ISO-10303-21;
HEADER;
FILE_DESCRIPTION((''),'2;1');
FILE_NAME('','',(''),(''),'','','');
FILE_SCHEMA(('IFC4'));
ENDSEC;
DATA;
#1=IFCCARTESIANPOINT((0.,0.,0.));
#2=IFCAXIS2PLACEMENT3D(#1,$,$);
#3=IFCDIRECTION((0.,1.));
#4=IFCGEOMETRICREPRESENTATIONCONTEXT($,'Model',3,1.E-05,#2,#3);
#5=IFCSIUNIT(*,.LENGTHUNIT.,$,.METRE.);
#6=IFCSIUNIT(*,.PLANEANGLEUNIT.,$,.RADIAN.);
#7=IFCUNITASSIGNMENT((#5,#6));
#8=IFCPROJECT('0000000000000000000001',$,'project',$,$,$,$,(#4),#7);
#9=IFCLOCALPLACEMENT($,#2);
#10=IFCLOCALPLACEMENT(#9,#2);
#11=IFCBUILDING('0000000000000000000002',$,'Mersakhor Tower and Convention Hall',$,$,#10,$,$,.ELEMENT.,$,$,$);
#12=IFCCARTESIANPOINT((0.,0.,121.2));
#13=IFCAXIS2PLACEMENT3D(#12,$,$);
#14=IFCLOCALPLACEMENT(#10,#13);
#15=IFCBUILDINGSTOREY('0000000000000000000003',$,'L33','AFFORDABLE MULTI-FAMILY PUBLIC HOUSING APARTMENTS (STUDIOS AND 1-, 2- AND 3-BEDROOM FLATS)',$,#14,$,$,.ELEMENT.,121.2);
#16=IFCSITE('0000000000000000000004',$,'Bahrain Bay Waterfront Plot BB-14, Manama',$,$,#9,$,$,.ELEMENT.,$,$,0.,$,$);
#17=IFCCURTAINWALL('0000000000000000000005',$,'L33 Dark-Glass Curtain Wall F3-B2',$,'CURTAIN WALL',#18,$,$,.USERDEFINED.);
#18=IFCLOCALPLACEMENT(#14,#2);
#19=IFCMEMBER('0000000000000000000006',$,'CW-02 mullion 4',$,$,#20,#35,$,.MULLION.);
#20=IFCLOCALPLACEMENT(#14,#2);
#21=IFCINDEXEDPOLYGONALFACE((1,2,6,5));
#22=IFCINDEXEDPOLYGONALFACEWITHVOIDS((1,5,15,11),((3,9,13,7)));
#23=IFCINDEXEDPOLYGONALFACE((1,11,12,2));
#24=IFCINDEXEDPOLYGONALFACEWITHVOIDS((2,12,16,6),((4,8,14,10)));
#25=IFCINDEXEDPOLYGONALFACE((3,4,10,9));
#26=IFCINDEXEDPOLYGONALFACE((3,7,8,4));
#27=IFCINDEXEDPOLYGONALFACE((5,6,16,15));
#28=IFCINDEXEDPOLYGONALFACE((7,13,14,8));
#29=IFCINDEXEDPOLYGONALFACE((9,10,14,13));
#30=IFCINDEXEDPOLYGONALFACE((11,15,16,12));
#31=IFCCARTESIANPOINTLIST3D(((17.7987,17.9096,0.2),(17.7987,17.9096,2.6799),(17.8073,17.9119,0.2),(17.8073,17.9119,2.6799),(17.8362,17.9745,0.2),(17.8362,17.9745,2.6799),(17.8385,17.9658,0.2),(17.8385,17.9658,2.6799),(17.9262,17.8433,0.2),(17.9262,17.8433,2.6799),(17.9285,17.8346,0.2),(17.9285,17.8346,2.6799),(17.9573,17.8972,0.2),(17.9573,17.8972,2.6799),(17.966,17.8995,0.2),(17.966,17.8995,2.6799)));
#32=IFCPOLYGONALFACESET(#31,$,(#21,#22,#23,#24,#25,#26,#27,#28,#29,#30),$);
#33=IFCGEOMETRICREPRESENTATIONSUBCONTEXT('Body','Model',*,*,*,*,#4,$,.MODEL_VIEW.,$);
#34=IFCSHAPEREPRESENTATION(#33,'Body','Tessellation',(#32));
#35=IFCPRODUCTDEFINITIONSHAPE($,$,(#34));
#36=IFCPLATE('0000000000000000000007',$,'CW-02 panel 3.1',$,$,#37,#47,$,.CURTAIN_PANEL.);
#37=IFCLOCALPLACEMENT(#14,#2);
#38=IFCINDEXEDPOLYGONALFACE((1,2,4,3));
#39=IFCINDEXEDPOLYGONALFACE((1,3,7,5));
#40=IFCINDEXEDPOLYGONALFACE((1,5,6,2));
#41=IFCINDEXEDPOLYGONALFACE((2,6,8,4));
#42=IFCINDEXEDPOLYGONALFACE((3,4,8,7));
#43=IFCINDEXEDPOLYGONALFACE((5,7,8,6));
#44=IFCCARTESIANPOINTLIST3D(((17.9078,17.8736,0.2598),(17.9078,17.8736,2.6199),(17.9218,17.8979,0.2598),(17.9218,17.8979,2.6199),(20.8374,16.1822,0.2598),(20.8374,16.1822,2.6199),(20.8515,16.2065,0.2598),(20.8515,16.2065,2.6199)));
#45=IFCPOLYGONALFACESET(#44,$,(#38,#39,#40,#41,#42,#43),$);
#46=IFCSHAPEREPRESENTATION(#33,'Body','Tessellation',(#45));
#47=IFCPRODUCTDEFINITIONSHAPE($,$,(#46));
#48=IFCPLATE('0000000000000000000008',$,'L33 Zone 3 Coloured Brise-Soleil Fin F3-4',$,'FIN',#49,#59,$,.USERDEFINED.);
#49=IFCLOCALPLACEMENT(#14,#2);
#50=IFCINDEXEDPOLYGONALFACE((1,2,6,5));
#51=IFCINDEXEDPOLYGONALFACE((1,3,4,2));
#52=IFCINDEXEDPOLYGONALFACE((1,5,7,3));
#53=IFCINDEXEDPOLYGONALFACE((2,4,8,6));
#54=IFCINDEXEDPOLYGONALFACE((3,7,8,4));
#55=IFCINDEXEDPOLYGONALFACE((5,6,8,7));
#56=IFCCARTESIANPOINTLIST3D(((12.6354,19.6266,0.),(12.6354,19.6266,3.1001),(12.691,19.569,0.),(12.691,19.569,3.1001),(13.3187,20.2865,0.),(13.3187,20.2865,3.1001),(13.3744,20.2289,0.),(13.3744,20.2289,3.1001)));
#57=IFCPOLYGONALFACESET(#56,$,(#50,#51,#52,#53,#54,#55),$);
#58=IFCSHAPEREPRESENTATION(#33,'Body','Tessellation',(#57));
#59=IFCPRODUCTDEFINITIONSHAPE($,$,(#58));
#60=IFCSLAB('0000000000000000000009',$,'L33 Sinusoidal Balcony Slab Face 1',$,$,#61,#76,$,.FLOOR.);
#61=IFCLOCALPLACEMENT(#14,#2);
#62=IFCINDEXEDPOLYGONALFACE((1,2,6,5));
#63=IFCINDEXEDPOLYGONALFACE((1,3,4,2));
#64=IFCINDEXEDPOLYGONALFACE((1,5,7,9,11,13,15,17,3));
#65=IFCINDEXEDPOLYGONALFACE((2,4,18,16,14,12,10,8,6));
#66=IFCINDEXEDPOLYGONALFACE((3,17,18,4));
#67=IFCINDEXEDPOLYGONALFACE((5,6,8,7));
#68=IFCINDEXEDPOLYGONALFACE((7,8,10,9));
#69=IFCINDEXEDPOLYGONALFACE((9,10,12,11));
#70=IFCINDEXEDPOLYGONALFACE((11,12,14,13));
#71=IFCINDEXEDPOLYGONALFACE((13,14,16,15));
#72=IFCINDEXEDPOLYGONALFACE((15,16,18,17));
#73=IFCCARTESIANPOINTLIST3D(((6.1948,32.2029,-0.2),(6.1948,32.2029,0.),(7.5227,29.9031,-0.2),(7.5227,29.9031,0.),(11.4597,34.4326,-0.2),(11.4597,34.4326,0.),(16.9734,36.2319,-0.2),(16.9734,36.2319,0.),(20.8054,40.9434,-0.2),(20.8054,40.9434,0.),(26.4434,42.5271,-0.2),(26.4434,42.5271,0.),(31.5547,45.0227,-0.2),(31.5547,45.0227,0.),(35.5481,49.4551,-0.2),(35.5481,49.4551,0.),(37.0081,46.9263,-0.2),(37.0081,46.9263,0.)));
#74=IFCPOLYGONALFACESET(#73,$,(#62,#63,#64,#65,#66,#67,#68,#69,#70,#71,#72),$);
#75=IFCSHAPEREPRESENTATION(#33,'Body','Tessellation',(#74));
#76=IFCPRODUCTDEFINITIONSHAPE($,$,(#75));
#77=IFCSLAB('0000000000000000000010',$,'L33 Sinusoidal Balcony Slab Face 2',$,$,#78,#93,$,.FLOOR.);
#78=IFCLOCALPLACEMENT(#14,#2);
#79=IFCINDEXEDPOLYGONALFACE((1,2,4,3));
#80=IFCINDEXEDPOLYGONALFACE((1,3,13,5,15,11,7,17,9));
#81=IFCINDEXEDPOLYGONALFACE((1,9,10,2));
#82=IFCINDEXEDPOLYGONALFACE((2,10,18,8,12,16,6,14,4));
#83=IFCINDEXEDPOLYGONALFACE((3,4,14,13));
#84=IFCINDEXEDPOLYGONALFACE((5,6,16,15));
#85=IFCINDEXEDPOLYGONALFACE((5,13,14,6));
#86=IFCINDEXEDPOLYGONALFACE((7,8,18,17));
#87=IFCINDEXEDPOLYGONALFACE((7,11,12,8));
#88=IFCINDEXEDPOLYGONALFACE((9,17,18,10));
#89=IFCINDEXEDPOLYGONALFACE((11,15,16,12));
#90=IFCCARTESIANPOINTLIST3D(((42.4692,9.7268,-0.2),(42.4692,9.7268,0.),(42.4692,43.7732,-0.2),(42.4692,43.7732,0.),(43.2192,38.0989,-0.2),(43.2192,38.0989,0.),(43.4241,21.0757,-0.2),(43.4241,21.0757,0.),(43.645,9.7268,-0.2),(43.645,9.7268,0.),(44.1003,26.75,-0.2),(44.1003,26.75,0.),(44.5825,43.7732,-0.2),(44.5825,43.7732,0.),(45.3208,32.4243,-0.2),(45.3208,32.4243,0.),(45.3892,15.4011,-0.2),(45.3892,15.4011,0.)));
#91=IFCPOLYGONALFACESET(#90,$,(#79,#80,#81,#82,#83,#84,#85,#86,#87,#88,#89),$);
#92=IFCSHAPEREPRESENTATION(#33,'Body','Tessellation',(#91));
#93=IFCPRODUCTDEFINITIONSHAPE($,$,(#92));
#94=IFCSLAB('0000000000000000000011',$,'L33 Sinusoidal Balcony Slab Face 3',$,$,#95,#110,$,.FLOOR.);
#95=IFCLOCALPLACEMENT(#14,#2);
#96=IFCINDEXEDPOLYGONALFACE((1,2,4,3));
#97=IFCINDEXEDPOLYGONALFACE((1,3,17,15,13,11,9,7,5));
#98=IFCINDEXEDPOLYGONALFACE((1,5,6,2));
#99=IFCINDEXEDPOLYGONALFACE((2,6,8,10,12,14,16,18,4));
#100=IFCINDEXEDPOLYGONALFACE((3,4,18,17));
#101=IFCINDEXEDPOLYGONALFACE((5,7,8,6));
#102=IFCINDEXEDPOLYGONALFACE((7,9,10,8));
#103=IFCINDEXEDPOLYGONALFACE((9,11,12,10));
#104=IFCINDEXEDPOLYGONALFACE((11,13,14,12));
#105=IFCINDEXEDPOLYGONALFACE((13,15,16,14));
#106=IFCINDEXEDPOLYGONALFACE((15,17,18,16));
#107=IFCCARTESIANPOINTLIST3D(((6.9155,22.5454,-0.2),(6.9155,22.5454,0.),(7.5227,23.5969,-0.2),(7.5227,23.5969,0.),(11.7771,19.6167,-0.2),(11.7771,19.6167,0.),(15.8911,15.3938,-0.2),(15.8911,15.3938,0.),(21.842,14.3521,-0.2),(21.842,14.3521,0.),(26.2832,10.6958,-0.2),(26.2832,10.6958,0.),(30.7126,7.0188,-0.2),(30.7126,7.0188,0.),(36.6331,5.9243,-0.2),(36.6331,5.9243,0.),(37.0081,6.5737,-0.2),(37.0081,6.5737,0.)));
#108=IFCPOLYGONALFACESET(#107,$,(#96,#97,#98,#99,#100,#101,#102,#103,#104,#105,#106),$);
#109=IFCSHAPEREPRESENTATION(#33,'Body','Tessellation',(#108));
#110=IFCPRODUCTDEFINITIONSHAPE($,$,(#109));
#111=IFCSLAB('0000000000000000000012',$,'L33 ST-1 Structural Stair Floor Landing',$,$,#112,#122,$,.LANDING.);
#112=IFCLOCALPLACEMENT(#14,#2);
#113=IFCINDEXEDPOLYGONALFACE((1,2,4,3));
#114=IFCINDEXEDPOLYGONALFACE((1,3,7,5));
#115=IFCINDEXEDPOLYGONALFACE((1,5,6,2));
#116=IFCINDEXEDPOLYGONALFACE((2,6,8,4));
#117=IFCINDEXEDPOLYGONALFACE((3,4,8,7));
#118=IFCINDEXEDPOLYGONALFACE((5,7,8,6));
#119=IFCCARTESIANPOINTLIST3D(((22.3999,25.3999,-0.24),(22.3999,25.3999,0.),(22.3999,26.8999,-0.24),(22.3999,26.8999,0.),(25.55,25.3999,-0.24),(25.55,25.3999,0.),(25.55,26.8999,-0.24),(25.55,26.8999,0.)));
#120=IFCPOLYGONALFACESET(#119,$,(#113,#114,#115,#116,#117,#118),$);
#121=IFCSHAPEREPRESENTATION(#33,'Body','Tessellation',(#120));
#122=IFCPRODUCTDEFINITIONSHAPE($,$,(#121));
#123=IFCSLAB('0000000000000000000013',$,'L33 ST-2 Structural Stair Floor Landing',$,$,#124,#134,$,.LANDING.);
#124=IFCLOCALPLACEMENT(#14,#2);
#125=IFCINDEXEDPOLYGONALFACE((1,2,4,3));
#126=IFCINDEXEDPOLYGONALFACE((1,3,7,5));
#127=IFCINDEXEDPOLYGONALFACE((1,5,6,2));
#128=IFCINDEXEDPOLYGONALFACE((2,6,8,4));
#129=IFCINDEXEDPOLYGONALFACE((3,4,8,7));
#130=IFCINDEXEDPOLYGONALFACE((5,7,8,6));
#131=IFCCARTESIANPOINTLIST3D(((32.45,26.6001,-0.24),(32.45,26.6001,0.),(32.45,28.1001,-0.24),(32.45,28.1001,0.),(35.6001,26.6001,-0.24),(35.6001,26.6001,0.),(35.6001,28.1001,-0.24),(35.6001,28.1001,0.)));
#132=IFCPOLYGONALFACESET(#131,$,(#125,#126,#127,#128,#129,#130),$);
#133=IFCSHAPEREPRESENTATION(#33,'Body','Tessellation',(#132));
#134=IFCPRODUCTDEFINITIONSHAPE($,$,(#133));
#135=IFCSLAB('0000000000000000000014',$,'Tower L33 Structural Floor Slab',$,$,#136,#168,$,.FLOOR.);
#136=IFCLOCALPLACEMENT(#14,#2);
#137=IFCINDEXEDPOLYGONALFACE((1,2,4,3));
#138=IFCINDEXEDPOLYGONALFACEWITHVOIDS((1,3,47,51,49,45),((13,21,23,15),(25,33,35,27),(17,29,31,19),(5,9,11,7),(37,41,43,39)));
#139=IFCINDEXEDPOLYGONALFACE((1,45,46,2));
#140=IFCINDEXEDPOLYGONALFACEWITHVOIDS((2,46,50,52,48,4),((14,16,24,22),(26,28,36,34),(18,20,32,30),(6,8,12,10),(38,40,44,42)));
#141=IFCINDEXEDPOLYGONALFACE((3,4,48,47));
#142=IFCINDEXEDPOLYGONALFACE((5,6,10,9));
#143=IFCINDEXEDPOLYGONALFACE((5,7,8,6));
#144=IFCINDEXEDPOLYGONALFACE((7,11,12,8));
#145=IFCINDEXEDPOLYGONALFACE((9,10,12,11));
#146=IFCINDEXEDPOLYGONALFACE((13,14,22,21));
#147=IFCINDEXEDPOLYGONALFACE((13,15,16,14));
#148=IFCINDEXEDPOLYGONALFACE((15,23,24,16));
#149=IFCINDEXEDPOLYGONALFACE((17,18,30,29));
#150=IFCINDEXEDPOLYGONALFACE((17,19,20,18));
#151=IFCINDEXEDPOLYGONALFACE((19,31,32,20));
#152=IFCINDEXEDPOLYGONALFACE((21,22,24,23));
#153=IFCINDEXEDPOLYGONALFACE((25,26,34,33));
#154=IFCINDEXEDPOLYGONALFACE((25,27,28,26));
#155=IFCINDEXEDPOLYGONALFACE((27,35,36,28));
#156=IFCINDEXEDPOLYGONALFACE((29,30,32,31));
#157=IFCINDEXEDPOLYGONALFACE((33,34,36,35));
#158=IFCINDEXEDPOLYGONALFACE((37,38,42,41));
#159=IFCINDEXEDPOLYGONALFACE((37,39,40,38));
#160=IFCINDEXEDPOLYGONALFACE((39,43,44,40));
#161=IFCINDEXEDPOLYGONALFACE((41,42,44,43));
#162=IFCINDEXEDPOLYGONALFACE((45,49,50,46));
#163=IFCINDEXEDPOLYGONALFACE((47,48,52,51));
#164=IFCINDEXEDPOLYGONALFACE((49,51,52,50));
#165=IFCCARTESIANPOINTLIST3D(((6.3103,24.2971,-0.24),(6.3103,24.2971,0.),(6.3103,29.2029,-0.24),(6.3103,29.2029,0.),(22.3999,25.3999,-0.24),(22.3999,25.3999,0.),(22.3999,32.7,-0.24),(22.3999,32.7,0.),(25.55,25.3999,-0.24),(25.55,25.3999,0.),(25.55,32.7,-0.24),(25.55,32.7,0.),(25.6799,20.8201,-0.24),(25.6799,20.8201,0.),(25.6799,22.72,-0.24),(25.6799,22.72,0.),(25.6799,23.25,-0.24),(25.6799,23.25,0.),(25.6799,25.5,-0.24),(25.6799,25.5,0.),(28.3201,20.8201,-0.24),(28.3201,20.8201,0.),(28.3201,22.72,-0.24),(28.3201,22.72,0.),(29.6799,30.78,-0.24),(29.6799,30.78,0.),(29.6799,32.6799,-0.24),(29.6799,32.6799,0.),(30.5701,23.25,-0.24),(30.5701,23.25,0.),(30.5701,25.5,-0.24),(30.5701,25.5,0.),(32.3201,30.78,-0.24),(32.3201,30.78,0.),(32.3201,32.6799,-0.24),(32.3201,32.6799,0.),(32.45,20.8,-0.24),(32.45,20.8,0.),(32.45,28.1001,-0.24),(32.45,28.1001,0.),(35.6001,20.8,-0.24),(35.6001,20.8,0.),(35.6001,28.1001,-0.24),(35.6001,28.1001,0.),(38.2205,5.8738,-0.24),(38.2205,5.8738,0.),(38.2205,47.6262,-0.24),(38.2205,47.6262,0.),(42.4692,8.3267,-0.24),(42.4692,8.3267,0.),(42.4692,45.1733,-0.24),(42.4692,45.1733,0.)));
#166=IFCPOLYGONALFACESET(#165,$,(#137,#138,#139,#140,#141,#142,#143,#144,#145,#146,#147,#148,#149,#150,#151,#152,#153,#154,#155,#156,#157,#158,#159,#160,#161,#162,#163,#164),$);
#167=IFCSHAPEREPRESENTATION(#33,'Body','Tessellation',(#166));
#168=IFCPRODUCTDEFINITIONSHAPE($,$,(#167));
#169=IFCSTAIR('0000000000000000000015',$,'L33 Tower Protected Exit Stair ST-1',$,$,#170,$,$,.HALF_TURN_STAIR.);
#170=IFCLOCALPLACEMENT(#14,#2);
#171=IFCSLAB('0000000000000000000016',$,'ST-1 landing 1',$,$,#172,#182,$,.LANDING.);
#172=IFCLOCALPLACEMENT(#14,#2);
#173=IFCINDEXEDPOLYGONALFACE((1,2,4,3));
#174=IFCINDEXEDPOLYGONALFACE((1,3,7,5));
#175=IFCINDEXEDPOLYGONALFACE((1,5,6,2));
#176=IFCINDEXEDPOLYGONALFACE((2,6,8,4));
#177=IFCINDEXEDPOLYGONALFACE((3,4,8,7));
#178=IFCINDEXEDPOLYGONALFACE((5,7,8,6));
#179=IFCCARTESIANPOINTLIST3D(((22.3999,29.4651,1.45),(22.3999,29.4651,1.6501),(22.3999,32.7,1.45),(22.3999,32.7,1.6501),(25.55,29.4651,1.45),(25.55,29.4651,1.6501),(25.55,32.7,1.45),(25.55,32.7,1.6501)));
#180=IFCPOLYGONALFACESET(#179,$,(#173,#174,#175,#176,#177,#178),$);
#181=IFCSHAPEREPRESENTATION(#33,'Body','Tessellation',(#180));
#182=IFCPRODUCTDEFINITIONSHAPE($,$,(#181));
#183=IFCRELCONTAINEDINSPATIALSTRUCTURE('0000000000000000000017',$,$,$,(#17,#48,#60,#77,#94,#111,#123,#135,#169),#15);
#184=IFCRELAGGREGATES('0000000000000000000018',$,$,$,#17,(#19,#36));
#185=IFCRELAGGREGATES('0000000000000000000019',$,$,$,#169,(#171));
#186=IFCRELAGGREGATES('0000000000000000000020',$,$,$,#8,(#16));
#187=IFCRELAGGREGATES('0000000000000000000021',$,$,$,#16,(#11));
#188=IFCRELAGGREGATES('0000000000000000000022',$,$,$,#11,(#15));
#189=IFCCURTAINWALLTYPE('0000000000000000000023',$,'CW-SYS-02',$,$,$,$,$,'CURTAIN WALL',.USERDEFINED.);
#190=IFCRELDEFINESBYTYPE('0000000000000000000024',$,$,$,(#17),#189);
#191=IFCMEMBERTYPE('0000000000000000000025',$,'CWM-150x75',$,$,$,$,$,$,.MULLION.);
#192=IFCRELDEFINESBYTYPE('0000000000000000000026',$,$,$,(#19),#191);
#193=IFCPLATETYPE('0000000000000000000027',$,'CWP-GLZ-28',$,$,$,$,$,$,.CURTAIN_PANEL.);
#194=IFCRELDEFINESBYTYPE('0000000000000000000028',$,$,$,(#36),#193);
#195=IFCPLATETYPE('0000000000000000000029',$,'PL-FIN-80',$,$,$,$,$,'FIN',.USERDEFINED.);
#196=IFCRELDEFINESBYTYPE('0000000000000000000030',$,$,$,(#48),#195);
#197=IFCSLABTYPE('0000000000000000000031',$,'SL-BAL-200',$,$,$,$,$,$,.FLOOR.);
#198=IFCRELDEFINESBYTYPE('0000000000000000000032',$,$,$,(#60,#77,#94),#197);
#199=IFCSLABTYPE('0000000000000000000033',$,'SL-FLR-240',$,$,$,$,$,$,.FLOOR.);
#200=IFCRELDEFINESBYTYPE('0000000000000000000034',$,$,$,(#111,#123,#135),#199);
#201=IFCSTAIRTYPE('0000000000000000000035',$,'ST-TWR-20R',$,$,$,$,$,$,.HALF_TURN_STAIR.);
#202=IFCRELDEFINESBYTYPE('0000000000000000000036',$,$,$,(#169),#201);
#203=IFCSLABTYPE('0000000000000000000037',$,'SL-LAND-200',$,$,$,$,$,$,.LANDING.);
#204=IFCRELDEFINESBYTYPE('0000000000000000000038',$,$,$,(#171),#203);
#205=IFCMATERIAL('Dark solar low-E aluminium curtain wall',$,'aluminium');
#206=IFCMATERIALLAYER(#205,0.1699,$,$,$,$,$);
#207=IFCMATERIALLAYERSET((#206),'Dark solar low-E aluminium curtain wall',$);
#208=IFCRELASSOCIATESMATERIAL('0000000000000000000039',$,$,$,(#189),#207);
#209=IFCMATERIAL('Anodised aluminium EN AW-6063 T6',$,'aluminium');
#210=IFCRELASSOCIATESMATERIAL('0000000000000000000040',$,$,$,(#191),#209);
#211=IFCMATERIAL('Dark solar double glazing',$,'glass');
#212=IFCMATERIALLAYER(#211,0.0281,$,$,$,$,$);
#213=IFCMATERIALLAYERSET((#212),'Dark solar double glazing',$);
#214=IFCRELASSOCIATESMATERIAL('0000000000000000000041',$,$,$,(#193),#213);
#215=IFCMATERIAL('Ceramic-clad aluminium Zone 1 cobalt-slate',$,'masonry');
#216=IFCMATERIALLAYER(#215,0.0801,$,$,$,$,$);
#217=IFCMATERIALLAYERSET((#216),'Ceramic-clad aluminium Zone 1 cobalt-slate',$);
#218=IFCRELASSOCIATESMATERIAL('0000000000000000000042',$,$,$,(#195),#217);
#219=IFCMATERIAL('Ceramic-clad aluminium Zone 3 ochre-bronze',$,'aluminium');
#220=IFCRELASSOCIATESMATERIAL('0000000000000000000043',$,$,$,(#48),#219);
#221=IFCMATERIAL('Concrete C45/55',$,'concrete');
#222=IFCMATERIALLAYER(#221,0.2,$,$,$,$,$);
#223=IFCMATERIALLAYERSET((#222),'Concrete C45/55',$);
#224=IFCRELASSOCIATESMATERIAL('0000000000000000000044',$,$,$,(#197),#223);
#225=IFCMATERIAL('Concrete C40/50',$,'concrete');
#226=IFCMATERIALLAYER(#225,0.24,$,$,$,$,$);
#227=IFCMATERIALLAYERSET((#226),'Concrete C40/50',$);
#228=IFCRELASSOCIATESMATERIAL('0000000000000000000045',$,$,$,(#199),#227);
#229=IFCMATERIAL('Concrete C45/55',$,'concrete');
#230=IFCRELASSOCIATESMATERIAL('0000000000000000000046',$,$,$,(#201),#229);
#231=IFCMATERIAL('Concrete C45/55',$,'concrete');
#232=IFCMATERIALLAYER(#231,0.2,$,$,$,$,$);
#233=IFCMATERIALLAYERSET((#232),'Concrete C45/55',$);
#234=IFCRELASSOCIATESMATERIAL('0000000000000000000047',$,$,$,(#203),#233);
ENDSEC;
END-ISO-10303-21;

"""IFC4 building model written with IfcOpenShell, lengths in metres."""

from ifc_helpers import new_model, si_unit, direction, frame, origin, origin_2d, place, context, subcontext, project, spatial, polyline, rectangle, hollow_rectangle, outline, extrude, material, layer, layer_set, material_profile, profile_set, type_object, element, aggregate, save


model = new_model("IFC4")

# Units and contexts
model_context = context("Model", 3, precision=1e-05, world=origin(), true_north=direction((0.0, 1.0)))
body_context = subcontext(model_context, "Body", "Model", "MODEL_VIEW")
ifc_project = project(units=[si_unit("LENGTHUNIT", "METRE"), si_unit("PLANEANGLEUNIT", "RADIAN")], contexts=[model_context])

# Site, building, storey
site_placement = place(None, origin())
site = spatial("IfcSite", under=ifc_project, at=site_placement, Name="Bahrain Bay Waterfront Plot BB-14, Manama", CompositionType="ELEMENT", RefElevation=0.0)
building_placement = place(site_placement, origin())
building = spatial("IfcBuilding", under=site, at=building_placement, Name="Mersakhor Tower and Convention Hall", CompositionType="ELEMENT")
storey_placement = place(building_placement, frame((0.0, 0.0, 121.2)))
storey = spatial("IfcBuildingStorey", under=building, at=storey_placement, Name="L33", Description="AFFORDABLE MULTI-FAMILY PUBLIC HOUSING APARTMENTS (STUDIOS AND 1-, 2- AND 3-BEDROOM FLATS)", CompositionType="ELEMENT", Elevation=121.2)

# Curtain wall, member, plate
ifc_material_1 = material(Name="Dark solar low-E aluminium curtain wall", Category="aluminium")
ifc_layer_1 = layer(ifc_material_1, 0.1699)
ifc_layer_set_1 = layer_set([ifc_layer_1], Name="Dark solar low-E aluminium curtain wall")
curtain_wall_type = type_object("IfcCurtainWallType", Name="CW-SYS-02", ElementType="CURTAIN WALL", PredefinedType="USERDEFINED", material=ifc_layer_set_1)
curtain_wall_placement = place(storey_placement, origin())
curtain_wall = element("IfcCurtainWall", 1, at=curtain_wall_placement, inside=storey, type_object=curtain_wall_type, Name="L33 Dark-Glass Curtain Wall F3-B2", ObjectType="CURTAIN WALL", PredefinedType="USERDEFINED")
ifc_material_2 = material(Name="Anodised aluminium EN AW-6063 T6", Category="aluminium")
ifc_material_profile = material_profile(ifc_material_2, hollow_rectangle(XDim=0.075, YDim=0.1499, WallThickness=0.0063, at=origin_2d()), Name="RHS 150x75x6.3")
ifc_profile_set = profile_set([ifc_material_profile], Name="Anodised aluminium EN AW-6063 T6")
member_type = type_object("IfcMemberType", Name="CWM-150x75", PredefinedType="MULLION", material=ifc_profile_set)
member_placement = place(storey_placement, frame((17.8823, 17.9045, 0.2), z_axis=(0.0, 0.0, 1.0), x_axis=(-0.49999, -0.866031, 0.0)))
member = element("IfcMember", 2, at=member_placement, type_object=member_type, Name="CW-02 mullion 4", PredefinedType="MULLION", context=body_context, shape_type="SweptSolid", body=[
    extrude(hollow_rectangle(XDim=0.075, YDim=0.1499, WallThickness=0.0063, at=origin_2d()), origin(), (0.0, 0.0, 1.0), 2.48),
])
ifc_material_3 = material(Name="Dark solar double glazing", Category="glass")
ifc_layer_2 = layer(ifc_material_3, 0.0281)
ifc_layer_set_2 = layer_set([ifc_layer_2], Name="Dark solar double glazing")
plate_type_1 = type_object("IfcPlateType", Name="CWP-GLZ-28", PredefinedType="CURTAIN_PANEL", material=ifc_layer_set_2)
plate_1_placement = place(storey_placement, frame((19.3796, 17.04, 0.2598), z_axis=(0.0, 0.0, 1.0), x_axis=(-0.866031, 0.49999, 0.0)))
plate_1 = element("IfcPlate", 3, at=plate_1_placement, type_object=plate_type_1, Name="CW-02 panel 3.1", PredefinedType="CURTAIN_PANEL", context=body_context, shape_type="SweptSolid", body=[
    extrude(rectangle(XDim=3.3828, YDim=0.0281, at=origin_2d()), origin(), (0.0, 0.0, 1.0), 2.3601),
])
aggregate(curtain_wall, [member, plate_1])

# Plate
ifc_material_4 = material(Name="Ceramic-clad aluminium Zone 3 ochre-bronze", Category="aluminium")
ifc_material_5 = material(Name="Ceramic-clad aluminium Zone 1 cobalt-slate", Category="masonry")
ifc_layer_3 = layer(ifc_material_5, 0.0801)
ifc_layer_set_3 = layer_set([ifc_layer_3], Name="Ceramic-clad aluminium Zone 1 cobalt-slate")
plate_type_2 = type_object("IfcPlateType", Name="PL-FIN-80", ElementType="FIN", PredefinedType="USERDEFINED", material=ifc_layer_set_3)
plate_2_placement = place(storey_placement, frame((13.0049, 19.9277, 0.0), z_axis=(0.0, 0.0, 1.0), x_axis=(-0.71934, -0.694658, 0.0)))
element("IfcPlate", 4, at=plate_2_placement, inside=storey, type_object=plate_type_2, material=ifc_material_4, Name="L33 Zone 3 Coloured Brise-Soleil Fin F3-4", ObjectType="FIN", PredefinedType="USERDEFINED", context=body_context, shape_type="SweptSolid", body=[
    extrude(rectangle(XDim=0.95, YDim=0.0801, at=origin_2d()), origin(), (0.0, 0.0, 1.0), 3.1001),
])

# Slabs
ifc_material_6 = material(Name="Concrete C45/55", Category="concrete")
ifc_layer_4 = layer(ifc_material_6, 0.2)
ifc_layer_set_4 = layer_set([ifc_layer_4], Name="Concrete C45/55")
slab_type_1 = type_object("IfcSlabType", Name="SL-BAL-200", PredefinedType="FLOOR", material=ifc_layer_set_4)
slab_1_placement = place(storey_placement, frame((0.0, 0.0, -0.2)))
element("IfcSlab", 5, at=slab_1_placement, inside=storey, type_object=slab_type_1, Name="L33 Sinusoidal Balcony Slab Face 1", PredefinedType="FLOOR", context=body_context, shape_type="SweptSolid", body=[
    extrude(outline(polyline([(7.5227, 29.9031), (37.0081, 46.9263), (35.5481, 49.4551), (31.5547, 45.0227), (26.4434, 42.5271), (20.8054, 40.9434), (16.9734, 36.2319), (11.4597, 34.4326), (6.1948, 32.2029), (7.5227, 29.9031)])), origin(), (0.0, 0.0, 1.0), 0.2),
])
slab_2_placement = place(storey_placement, frame((0.0, 0.0, -0.2)))
element("IfcSlab", 6, at=slab_2_placement, inside=storey, type_object=slab_type_1, Name="L33 Sinusoidal Balcony Slab Face 2", PredefinedType="FLOOR", context=body_context, shape_type="SweptSolid", body=[
    extrude(outline(polyline([(42.4692, 43.7732), (42.4692, 9.7268), (43.645, 9.7268), (45.3892, 15.4011), (43.4241, 21.0757), (44.1003, 26.75), (45.3208, 32.4243), (43.2192, 38.0989), (44.5825, 43.7732), (42.4692, 43.7732)])), origin(), (0.0, 0.0, 1.0), 0.2),
])
slab_3_placement = place(storey_placement, frame((0.0, 0.0, -0.2)))
element("IfcSlab", 7, at=slab_3_placement, inside=storey, type_object=slab_type_1, Name="L33 Sinusoidal Balcony Slab Face 3", PredefinedType="FLOOR", context=body_context, shape_type="SweptSolid", body=[
    extrude(outline(polyline([(37.0081, 6.5737), (7.5227, 23.5969), (6.9155, 22.5454), (11.7771, 19.6167), (15.8911, 15.3938), (21.842, 14.3521), (26.2832, 10.6958), (30.7126, 7.0188), (36.6331, 5.9243), (37.0081, 6.5737)])), origin(), (0.0, 0.0, 1.0), 0.2),
])
ifc_material_7 = material(Name="Concrete C40/50", Category="concrete")
ifc_layer_5 = layer(ifc_material_7, 0.24)
ifc_layer_set_5 = layer_set([ifc_layer_5], Name="Concrete C40/50")
slab_type_2 = type_object("IfcSlabType", Name="SL-FLR-240", PredefinedType="FLOOR", material=ifc_layer_set_5)
slab_4_placement = place(storey_placement, frame((0.0, 0.0, -0.24)))
element("IfcSlab", 8, at=slab_4_placement, inside=storey, type_object=slab_type_2, Name="L33 ST-1 Structural Stair Floor Landing", PredefinedType="LANDING", context=body_context, shape_type="SweptSolid", body=[
    extrude(outline(polyline([(25.55, 25.3999), (25.55, 26.8999), (22.3999, 26.8999), (22.3999, 25.3999), (25.55, 25.3999)])), origin(), (0.0, 0.0, 1.0), 0.24),
])
slab_5_placement = place(storey_placement, frame((0.0, 0.0, -0.24)))
element("IfcSlab", 9, at=slab_5_placement, inside=storey, type_object=slab_type_2, Name="L33 ST-2 Structural Stair Floor Landing", PredefinedType="LANDING", context=body_context, shape_type="SweptSolid", body=[
    extrude(outline(polyline([(32.45, 28.1001), (32.45, 26.6001), (35.6001, 26.6001), (35.6001, 28.1001), (32.45, 28.1001)])), origin(), (0.0, 0.0, 1.0), 0.24),
])
slab_6_placement = place(storey_placement, frame((0.0, 0.0, -0.24)))
element("IfcSlab", 10, at=slab_6_placement, inside=storey, type_object=slab_type_2, Name="Tower L33 Structural Floor Slab", PredefinedType="FLOOR", context=body_context, shape_type="SweptSolid", body=[
    extrude(outline(polyline([(6.3103, 29.2029), (38.2205, 47.6262), (42.4692, 45.1733), (42.4692, 8.3267), (38.2205, 5.8738), (6.3103, 24.2971), (6.3103, 29.2029)]), holes=[polyline([(25.55, 25.3999), (25.55, 32.7), (22.3999, 32.7), (22.3999, 25.3999), (25.55, 25.3999)]), polyline([(32.45, 28.1001), (32.45, 20.8), (35.6001, 20.8), (35.6001, 28.1001), (32.45, 28.1001)]), polyline([(25.6799, 20.8201), (25.6799, 22.72), (28.3201, 22.72), (28.3201, 20.8201), (25.6799, 20.8201)]), polyline([(29.6799, 30.78), (29.6799, 32.6799), (32.3201, 32.6799), (32.3201, 30.78), (29.6799, 30.78)]), polyline([(25.6799, 23.25), (25.6799, 25.5), (30.5701, 25.5), (30.5701, 23.25), (25.6799, 23.25)])]), origin(), (0.0, 0.0, 1.0), 0.24),
])

# Stair, slab
ifc_material_8 = material(Name="Concrete C45/55", Category="concrete")
stair_type = type_object("IfcStairType", Name="ST-TWR-20R", PredefinedType="HALF_TURN_STAIR", material=ifc_material_8)
stair_1_placement = place(storey_placement, origin())
stair_1 = element("IfcStair", 11, at=stair_1_placement, inside=storey, type_object=stair_type, Name="L33 Tower Protected Exit Stair ST-1", PredefinedType="HALF_TURN_STAIR")
ifc_material_9 = material(Name="Concrete C45/55", Category="concrete")
ifc_layer_6 = layer(ifc_material_9, 0.2)
ifc_layer_set_6 = layer_set([ifc_layer_6], Name="Concrete C45/55")
slab_type_3 = type_object("IfcSlabType", Name="SL-LAND-200", PredefinedType="LANDING", material=ifc_layer_set_6)
slab_7_placement = place(storey_placement, frame((0.0, 0.0, 1.45)))
slab_7 = element("IfcSlab", 12, at=slab_7_placement, type_object=slab_type_3, Name="ST-1 landing 1", PredefinedType="LANDING", context=body_context, shape_type="SweptSolid", body=[
    extrude(outline(polyline([(25.55, 29.4651), (25.55, 32.7), (22.3999, 32.7), (22.3999, 29.4651), (25.55, 29.4651)])), origin(), (0.0, 0.0, 1.0), 0.2002),
])
aggregate(stair_1, [slab_7])

save(model, "model.ifc")
